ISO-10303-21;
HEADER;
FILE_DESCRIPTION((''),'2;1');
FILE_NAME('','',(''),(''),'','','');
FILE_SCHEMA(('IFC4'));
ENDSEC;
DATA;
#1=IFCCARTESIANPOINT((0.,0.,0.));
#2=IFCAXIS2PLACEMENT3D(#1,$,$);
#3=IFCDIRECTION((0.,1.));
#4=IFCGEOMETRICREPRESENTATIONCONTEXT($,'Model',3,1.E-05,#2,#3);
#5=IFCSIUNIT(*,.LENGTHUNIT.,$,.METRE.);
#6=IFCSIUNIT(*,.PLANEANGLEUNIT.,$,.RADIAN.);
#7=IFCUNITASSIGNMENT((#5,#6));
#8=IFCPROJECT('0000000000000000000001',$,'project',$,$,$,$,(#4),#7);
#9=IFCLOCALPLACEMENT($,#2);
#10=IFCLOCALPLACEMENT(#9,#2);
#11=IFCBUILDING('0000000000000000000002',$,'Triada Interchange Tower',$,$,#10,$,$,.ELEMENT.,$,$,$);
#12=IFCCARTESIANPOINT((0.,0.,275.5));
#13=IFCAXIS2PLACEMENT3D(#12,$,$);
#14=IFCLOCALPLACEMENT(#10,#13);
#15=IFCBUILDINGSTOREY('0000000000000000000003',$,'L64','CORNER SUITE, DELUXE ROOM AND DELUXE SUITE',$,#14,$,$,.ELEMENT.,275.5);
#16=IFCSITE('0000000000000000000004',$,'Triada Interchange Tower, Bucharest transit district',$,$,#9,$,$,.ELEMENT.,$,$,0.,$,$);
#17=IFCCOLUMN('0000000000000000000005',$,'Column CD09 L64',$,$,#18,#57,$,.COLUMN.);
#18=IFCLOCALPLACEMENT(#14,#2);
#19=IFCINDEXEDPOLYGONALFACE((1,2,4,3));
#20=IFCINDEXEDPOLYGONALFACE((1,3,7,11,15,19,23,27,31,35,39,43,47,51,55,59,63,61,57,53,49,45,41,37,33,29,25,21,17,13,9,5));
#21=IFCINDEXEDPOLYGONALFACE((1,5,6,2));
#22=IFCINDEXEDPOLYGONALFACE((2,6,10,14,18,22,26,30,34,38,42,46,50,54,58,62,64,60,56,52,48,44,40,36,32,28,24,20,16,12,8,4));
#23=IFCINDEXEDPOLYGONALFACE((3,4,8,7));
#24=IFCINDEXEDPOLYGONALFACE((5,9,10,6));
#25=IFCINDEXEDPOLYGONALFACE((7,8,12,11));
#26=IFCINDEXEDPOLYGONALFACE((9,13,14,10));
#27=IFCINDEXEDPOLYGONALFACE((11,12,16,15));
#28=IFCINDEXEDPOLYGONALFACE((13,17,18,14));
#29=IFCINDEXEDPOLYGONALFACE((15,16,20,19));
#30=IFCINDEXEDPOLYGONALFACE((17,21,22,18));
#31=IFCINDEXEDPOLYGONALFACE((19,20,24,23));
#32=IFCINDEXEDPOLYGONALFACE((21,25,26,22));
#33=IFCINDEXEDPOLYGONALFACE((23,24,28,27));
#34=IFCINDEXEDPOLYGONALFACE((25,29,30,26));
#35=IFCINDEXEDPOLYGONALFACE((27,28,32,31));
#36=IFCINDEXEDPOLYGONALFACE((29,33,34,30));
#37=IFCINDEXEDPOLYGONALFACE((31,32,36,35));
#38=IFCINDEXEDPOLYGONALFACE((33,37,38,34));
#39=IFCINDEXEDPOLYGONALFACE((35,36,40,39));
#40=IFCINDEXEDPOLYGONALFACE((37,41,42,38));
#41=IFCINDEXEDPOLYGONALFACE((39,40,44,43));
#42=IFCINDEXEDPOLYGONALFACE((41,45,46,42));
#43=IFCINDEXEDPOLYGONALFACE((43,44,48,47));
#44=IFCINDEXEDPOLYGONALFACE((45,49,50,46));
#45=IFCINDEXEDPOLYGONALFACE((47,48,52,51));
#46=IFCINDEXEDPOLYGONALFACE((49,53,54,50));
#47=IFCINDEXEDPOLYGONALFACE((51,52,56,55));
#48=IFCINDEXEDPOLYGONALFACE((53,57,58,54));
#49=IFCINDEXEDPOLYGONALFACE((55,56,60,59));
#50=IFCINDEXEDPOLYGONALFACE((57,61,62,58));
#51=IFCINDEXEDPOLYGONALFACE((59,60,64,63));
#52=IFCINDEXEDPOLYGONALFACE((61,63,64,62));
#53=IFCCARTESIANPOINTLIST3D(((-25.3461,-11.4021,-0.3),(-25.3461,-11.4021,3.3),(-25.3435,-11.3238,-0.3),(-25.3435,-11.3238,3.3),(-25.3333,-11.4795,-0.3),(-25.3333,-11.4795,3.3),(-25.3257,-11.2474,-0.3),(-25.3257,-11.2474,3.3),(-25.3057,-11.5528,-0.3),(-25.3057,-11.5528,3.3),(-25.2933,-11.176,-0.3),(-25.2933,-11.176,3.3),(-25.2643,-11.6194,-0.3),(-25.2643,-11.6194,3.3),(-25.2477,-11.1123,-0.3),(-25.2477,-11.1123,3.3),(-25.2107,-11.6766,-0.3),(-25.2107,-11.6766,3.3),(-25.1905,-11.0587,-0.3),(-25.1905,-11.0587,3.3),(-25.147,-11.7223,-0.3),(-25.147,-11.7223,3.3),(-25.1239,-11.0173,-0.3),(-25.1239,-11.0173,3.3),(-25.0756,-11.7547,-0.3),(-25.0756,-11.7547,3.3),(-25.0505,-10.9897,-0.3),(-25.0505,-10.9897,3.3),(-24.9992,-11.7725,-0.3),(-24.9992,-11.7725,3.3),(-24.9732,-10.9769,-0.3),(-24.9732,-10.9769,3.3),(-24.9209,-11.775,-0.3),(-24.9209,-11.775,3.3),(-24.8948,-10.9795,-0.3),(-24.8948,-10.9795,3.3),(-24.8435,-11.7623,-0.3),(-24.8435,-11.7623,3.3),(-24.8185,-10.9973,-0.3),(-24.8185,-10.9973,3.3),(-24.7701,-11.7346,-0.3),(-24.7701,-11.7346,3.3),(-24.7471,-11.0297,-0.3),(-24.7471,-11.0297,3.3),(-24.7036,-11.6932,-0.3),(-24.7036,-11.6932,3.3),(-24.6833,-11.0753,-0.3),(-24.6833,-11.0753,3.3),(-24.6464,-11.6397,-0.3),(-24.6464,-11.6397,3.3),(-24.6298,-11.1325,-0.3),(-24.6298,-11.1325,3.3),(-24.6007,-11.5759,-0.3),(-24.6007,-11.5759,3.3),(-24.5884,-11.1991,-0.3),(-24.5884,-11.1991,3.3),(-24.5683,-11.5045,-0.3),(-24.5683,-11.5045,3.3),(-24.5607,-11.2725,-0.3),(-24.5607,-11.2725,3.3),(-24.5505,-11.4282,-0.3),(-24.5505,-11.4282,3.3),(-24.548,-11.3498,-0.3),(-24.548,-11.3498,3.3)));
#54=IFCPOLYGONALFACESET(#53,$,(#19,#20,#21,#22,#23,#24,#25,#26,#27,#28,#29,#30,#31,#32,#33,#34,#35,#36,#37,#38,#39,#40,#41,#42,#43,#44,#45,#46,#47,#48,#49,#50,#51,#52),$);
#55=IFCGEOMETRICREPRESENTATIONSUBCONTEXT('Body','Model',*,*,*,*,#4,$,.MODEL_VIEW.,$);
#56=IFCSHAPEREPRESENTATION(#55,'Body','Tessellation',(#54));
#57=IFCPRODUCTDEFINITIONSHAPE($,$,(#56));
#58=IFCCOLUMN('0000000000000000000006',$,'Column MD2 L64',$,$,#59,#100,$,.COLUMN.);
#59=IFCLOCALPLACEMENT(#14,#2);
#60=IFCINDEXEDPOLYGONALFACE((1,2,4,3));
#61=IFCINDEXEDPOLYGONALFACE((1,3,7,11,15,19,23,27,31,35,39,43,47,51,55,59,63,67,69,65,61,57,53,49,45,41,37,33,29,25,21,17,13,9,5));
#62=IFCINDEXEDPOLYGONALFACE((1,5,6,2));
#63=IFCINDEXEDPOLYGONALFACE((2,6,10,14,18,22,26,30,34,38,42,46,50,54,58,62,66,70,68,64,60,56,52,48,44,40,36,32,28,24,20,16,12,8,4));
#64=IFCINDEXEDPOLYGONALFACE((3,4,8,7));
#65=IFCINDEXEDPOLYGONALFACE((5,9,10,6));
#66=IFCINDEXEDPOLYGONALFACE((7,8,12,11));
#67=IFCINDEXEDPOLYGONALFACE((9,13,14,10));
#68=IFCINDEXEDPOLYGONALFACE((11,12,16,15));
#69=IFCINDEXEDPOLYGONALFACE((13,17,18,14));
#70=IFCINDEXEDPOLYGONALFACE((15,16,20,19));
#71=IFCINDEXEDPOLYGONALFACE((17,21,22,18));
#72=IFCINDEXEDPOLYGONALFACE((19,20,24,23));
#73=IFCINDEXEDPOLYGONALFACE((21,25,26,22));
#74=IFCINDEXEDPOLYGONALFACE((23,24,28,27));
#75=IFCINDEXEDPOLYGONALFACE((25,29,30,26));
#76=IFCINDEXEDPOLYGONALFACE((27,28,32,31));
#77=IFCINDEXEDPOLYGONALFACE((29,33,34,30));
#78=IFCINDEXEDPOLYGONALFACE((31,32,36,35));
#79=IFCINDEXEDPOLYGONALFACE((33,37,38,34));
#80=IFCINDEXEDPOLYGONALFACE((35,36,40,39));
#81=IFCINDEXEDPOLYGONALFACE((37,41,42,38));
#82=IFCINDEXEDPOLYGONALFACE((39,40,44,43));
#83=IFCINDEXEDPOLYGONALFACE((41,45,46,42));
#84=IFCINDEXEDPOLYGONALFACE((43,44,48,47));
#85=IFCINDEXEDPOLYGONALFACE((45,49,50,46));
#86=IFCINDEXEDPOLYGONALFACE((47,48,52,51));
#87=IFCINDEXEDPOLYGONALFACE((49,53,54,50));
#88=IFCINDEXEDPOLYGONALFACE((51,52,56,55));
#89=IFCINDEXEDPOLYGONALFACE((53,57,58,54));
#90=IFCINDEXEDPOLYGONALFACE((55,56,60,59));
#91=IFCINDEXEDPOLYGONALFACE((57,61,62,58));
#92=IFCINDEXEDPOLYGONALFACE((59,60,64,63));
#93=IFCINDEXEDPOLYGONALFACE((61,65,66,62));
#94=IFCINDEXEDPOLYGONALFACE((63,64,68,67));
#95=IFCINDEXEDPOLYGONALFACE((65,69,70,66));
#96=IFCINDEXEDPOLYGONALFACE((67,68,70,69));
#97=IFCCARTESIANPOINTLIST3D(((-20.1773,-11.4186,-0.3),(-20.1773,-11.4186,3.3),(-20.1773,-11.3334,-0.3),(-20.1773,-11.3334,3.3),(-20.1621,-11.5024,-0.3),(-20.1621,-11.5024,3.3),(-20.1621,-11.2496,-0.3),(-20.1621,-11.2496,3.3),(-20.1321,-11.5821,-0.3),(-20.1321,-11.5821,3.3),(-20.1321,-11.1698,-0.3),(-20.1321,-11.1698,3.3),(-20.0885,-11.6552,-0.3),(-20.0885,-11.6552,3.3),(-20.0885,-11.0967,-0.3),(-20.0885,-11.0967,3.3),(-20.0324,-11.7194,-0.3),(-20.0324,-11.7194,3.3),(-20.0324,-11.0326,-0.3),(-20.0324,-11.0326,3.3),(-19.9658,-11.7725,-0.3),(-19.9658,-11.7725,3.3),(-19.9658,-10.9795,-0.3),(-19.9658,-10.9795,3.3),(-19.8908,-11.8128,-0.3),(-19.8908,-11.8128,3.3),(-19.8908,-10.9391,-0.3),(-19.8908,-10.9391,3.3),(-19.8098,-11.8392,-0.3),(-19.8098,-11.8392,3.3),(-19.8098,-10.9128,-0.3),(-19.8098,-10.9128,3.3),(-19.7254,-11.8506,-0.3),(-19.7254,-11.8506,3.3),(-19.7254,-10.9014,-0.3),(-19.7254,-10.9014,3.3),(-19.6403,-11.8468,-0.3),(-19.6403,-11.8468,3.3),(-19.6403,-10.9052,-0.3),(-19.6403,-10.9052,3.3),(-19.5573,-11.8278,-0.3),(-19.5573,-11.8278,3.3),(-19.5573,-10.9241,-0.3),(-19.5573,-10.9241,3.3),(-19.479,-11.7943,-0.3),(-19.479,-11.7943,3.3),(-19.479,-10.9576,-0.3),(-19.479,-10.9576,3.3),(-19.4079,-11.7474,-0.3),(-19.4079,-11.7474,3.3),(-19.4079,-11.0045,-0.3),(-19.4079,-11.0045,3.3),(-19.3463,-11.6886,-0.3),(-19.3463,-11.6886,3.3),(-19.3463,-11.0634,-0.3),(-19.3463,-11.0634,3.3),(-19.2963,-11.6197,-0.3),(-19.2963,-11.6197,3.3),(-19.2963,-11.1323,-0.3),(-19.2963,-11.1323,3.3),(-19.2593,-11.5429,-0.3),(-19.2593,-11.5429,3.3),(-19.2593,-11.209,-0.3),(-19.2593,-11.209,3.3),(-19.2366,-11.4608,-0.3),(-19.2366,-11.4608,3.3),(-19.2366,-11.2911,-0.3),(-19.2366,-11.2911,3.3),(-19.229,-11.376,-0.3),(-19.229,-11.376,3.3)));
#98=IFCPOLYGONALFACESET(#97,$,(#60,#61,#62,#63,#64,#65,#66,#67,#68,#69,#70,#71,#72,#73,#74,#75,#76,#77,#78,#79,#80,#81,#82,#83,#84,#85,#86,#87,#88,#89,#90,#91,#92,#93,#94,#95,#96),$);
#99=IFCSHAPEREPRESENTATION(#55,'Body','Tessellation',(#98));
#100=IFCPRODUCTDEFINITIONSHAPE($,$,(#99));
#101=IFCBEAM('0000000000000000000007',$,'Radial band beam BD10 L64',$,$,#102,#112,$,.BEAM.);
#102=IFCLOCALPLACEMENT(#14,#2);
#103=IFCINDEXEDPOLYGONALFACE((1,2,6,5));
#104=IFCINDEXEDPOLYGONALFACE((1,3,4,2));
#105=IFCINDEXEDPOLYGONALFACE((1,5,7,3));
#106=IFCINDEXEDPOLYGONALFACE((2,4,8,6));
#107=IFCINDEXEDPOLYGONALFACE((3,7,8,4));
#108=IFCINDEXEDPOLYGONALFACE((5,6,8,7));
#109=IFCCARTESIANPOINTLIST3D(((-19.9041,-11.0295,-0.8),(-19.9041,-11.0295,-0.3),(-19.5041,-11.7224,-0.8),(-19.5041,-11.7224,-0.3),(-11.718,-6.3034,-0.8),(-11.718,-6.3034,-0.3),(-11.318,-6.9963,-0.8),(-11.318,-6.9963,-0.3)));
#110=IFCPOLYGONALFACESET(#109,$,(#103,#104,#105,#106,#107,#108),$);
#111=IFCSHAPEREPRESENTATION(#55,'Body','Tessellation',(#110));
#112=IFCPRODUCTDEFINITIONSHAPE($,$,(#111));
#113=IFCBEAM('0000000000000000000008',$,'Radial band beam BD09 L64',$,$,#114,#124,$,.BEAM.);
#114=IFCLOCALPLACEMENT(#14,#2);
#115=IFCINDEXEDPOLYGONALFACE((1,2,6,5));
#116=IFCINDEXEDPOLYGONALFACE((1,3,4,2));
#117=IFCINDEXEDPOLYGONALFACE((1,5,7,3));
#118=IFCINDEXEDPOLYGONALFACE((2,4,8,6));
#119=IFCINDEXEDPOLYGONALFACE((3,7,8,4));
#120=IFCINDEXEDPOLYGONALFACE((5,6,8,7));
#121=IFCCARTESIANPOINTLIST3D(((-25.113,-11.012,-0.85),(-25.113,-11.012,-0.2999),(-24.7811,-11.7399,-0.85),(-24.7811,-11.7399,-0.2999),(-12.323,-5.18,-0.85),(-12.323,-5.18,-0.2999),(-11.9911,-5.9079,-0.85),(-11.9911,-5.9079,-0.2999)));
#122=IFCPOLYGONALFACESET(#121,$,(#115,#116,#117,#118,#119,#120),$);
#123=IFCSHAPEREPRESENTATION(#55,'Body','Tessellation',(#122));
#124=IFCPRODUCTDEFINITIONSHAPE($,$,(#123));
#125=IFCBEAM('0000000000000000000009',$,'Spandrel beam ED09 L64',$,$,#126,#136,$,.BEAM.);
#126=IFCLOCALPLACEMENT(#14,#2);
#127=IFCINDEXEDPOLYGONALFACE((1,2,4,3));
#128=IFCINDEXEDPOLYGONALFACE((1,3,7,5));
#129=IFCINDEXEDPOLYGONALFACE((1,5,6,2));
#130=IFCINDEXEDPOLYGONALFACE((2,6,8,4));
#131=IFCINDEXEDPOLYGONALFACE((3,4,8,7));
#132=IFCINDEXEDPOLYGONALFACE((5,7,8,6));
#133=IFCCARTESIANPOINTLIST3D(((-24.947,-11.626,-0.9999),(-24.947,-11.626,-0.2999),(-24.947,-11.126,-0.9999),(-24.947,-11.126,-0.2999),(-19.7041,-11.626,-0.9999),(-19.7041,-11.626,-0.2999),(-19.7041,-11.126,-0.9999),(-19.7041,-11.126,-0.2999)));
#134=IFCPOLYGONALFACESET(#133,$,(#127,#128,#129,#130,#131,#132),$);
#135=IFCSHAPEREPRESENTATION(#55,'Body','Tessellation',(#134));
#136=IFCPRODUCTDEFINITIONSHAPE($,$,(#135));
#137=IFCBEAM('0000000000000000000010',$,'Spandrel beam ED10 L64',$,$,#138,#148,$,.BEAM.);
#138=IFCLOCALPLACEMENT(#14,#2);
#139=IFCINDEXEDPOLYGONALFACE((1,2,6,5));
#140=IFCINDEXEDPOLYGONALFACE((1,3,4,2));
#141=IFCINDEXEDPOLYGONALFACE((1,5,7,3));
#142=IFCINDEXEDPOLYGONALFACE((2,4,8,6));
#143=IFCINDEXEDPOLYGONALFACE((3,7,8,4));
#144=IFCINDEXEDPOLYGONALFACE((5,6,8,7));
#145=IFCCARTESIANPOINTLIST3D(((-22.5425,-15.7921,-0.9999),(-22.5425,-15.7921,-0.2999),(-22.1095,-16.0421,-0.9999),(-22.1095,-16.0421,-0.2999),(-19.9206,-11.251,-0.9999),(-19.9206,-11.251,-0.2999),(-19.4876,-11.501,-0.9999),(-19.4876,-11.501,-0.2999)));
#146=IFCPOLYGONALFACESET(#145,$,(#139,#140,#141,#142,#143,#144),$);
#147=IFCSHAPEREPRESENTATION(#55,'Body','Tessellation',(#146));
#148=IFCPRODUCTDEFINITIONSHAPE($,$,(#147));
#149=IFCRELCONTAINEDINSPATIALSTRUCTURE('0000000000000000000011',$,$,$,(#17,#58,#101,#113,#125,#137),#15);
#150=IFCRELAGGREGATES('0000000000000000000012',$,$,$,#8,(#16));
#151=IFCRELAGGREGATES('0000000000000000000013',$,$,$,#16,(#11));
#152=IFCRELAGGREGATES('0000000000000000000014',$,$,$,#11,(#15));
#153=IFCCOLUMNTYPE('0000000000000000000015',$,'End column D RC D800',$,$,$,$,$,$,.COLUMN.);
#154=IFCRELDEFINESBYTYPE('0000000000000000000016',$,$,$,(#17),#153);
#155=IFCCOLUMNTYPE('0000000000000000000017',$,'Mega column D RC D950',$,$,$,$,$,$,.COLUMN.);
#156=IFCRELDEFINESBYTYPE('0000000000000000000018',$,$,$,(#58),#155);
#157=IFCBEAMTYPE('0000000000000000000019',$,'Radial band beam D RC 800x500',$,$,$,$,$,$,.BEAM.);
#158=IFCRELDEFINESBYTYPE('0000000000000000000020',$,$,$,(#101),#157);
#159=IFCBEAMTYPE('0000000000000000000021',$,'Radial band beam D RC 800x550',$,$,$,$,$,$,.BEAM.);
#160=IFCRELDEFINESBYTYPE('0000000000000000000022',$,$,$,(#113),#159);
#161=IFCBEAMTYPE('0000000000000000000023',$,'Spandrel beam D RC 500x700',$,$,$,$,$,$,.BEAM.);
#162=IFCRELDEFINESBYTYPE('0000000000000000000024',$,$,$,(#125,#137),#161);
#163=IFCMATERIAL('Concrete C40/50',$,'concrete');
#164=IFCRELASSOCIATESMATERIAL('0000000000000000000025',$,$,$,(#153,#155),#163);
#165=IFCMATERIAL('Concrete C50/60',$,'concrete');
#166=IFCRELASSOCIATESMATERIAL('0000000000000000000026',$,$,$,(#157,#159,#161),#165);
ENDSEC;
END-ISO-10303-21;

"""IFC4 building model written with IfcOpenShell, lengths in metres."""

from ifc_helpers import new_model, si_unit, direction, frame, origin, origin_2d, place, context, subcontext, project, spatial, rectangle, circle, extrude, material, material_profile, profile_set, type_object, element, save


model = new_model("IFC4")

# Units and contexts
model_context = context("Model", 3, precision=1e-05, world=origin(), true_north=direction((0.0, 1.0)))
body_context = subcontext(model_context, "Body", "Model", "MODEL_VIEW")
ifc_project = project(units=[si_unit("LENGTHUNIT", "METRE"), si_unit("PLANEANGLEUNIT", "RADIAN")], contexts=[model_context])

# Site, building, storey
site_placement = place(None, origin())
site = spatial("IfcSite", under=ifc_project, at=site_placement, Name="Triada Interchange Tower, Bucharest transit district", CompositionType="ELEMENT", RefElevation=0.0)
building_placement = place(site_placement, origin())
building = spatial("IfcBuilding", under=site, at=building_placement, Name="Triada Interchange Tower", CompositionType="ELEMENT")
storey_placement = place(building_placement, frame((0.0, 0.0, 275.5)))
storey = spatial("IfcBuildingStorey", under=building, at=storey_placement, Name="L64", Description="CORNER SUITE, DELUXE ROOM AND DELUXE SUITE", CompositionType="ELEMENT", Elevation=275.5)

# Columns
ifc_material_1 = material(Name="Concrete C40/50", Category="concrete")
ifc_material_profile_1 = material_profile(ifc_material_1, circle(Radius=0.3999, at=origin_2d()), Name="RC D800")
ifc_profile_set_1 = profile_set([ifc_material_profile_1], Name="Concrete C40/50")
column_type_1 = type_object("IfcColumnType", Name="End column D RC D800", PredefinedType="COLUMN", material=ifc_profile_set_1)
column_1_placement = place(storey_placement, frame((-24.947, -11.376, -0.3), z_axis=(0.0, 0.0, 1.0), x_axis=(0.5, 0.866025, 0.0)))
element("IfcColumn", 1, at=column_1_placement, inside=storey, type_object=column_type_1, Name="Column CD09 L64", PredefinedType="COLUMN", context=body_context, shape_type="SweptSolid", body=[
    extrude(circle(Radius=0.3999, at=origin_2d()), origin(), (0.0, 0.0, 1.0), 3.6001),
])
ifc_material_profile_2 = material_profile(ifc_material_1, circle(Radius=0.4751, at=origin_2d()), Name="RC D950")
ifc_profile_set_2 = profile_set([ifc_material_profile_2], Name="Concrete C40/50")
column_type_2 = type_object("IfcColumnType", Name="Mega column D RC D950", PredefinedType="COLUMN", material=ifc_profile_set_2)
column_2_placement = place(storey_placement, frame((-19.7041, -11.376, -0.3), z_axis=(0.0, 0.0, 1.0), x_axis=(1.0, 0.0, 0.0)))
element("IfcColumn", 2, at=column_2_placement, inside=storey, type_object=column_type_2, Name="Column MD2 L64", PredefinedType="COLUMN", context=body_context, shape_type="SweptSolid", body=[
    extrude(circle(Radius=0.4751, at=origin_2d()), origin(), (0.0, 0.0, 1.0), 3.6001),
])

# Beams
ifc_material_2 = material(Name="Concrete C50/60", Category="concrete")
ifc_material_profile_3 = material_profile(ifc_material_2, rectangle(XDim=0.8, YDim=0.5, at=origin_2d()), Name="RC 800x500")
ifc_profile_set_3 = profile_set([ifc_material_profile_3], Name="Concrete C50/60")
beam_type_1 = type_object("IfcBeamType", Name="Radial band beam D RC 800x500", PredefinedType="BEAM", material=ifc_profile_set_3)
beam_1_placement = place(storey_placement, frame((-19.7041, -11.376, -0.55), z_axis=(0.866032, 0.499989, 0.0), x_axis=(-0.499989, 0.866032, 0.0)))
element("IfcBeam", 3, at=beam_1_placement, inside=storey, type_object=beam_type_1, Name="Radial band beam BD10 L64", PredefinedType="BEAM", context=body_context, shape_type="SweptSolid", body=[
    extrude(rectangle(XDim=0.8, YDim=0.5, at=origin_2d()), origin(), (0.0, 0.0, 1.0), 9.4524),
])
ifc_material_profile_4 = material_profile(ifc_material_2, rectangle(XDim=0.8, YDim=0.55, at=origin_2d()), Name="RC 800x550")
ifc_profile_set_4 = profile_set([ifc_material_profile_4], Name="Concrete C50/60")
beam_type_2 = type_object("IfcBeamType", Name="Radial band beam D RC 800x550", PredefinedType="BEAM", material=ifc_profile_set_4)
beam_2_placement = place(storey_placement, frame((-24.947, -11.376, -0.575), z_axis=(0.909873, 0.414886, 0.0), x_axis=(-0.414886, 0.909873, 0.0)))
element("IfcBeam", 4, at=beam_2_placement, inside=storey, type_object=beam_type_2, Name="Radial band beam BD09 L64", PredefinedType="BEAM", context=body_context, shape_type="SweptSolid", body=[
    extrude(rectangle(XDim=0.8, YDim=0.55, at=origin_2d()), origin(), (0.0, 0.0, 1.0), 14.0569),
])
ifc_material_profile_5 = material_profile(ifc_material_2, rectangle(XDim=0.5, YDim=0.7, at=origin_2d()), Name="RC 500x700")
ifc_profile_set_5 = profile_set([ifc_material_profile_5], Name="Concrete C50/60")
beam_type_3 = type_object("IfcBeamType", Name="Spandrel beam D RC 500x700", PredefinedType="BEAM", material=ifc_profile_set_5)
beam_3_placement = place(storey_placement, frame((-24.947, -11.376, -0.6499), z_axis=(1.0, 0.0, 0.0), x_axis=(0.0, 1.0, 0.0)))
element("IfcBeam", 5, at=beam_3_placement, inside=storey, type_object=beam_type_3, Name="Spandrel beam ED09 L64", PredefinedType="BEAM", context=body_context, shape_type="SweptSolid", body=[
    extrude(rectangle(XDim=0.5, YDim=0.7, at=origin_2d()), origin(), (0.0, 0.0, 1.0), 5.2429),
])
beam_4_placement = place(storey_placement, frame((-19.7041, -11.376, -0.6499), z_axis=(-0.50001, -0.86602, 0.0), x_axis=(0.86602, -0.50001, 0.0)))
element("IfcBeam", 6, at=beam_4_placement, inside=storey, type_object=beam_type_3, Name="Spandrel beam ED10 L64", PredefinedType="BEAM", context=body_context, shape_type="SweptSolid", body=[
    extrude(rectangle(XDim=0.5, YDim=0.7, at=origin_2d()), origin(), (0.0, 0.0, 1.0), 5.2437),
])

save(model, "model.ifc")
